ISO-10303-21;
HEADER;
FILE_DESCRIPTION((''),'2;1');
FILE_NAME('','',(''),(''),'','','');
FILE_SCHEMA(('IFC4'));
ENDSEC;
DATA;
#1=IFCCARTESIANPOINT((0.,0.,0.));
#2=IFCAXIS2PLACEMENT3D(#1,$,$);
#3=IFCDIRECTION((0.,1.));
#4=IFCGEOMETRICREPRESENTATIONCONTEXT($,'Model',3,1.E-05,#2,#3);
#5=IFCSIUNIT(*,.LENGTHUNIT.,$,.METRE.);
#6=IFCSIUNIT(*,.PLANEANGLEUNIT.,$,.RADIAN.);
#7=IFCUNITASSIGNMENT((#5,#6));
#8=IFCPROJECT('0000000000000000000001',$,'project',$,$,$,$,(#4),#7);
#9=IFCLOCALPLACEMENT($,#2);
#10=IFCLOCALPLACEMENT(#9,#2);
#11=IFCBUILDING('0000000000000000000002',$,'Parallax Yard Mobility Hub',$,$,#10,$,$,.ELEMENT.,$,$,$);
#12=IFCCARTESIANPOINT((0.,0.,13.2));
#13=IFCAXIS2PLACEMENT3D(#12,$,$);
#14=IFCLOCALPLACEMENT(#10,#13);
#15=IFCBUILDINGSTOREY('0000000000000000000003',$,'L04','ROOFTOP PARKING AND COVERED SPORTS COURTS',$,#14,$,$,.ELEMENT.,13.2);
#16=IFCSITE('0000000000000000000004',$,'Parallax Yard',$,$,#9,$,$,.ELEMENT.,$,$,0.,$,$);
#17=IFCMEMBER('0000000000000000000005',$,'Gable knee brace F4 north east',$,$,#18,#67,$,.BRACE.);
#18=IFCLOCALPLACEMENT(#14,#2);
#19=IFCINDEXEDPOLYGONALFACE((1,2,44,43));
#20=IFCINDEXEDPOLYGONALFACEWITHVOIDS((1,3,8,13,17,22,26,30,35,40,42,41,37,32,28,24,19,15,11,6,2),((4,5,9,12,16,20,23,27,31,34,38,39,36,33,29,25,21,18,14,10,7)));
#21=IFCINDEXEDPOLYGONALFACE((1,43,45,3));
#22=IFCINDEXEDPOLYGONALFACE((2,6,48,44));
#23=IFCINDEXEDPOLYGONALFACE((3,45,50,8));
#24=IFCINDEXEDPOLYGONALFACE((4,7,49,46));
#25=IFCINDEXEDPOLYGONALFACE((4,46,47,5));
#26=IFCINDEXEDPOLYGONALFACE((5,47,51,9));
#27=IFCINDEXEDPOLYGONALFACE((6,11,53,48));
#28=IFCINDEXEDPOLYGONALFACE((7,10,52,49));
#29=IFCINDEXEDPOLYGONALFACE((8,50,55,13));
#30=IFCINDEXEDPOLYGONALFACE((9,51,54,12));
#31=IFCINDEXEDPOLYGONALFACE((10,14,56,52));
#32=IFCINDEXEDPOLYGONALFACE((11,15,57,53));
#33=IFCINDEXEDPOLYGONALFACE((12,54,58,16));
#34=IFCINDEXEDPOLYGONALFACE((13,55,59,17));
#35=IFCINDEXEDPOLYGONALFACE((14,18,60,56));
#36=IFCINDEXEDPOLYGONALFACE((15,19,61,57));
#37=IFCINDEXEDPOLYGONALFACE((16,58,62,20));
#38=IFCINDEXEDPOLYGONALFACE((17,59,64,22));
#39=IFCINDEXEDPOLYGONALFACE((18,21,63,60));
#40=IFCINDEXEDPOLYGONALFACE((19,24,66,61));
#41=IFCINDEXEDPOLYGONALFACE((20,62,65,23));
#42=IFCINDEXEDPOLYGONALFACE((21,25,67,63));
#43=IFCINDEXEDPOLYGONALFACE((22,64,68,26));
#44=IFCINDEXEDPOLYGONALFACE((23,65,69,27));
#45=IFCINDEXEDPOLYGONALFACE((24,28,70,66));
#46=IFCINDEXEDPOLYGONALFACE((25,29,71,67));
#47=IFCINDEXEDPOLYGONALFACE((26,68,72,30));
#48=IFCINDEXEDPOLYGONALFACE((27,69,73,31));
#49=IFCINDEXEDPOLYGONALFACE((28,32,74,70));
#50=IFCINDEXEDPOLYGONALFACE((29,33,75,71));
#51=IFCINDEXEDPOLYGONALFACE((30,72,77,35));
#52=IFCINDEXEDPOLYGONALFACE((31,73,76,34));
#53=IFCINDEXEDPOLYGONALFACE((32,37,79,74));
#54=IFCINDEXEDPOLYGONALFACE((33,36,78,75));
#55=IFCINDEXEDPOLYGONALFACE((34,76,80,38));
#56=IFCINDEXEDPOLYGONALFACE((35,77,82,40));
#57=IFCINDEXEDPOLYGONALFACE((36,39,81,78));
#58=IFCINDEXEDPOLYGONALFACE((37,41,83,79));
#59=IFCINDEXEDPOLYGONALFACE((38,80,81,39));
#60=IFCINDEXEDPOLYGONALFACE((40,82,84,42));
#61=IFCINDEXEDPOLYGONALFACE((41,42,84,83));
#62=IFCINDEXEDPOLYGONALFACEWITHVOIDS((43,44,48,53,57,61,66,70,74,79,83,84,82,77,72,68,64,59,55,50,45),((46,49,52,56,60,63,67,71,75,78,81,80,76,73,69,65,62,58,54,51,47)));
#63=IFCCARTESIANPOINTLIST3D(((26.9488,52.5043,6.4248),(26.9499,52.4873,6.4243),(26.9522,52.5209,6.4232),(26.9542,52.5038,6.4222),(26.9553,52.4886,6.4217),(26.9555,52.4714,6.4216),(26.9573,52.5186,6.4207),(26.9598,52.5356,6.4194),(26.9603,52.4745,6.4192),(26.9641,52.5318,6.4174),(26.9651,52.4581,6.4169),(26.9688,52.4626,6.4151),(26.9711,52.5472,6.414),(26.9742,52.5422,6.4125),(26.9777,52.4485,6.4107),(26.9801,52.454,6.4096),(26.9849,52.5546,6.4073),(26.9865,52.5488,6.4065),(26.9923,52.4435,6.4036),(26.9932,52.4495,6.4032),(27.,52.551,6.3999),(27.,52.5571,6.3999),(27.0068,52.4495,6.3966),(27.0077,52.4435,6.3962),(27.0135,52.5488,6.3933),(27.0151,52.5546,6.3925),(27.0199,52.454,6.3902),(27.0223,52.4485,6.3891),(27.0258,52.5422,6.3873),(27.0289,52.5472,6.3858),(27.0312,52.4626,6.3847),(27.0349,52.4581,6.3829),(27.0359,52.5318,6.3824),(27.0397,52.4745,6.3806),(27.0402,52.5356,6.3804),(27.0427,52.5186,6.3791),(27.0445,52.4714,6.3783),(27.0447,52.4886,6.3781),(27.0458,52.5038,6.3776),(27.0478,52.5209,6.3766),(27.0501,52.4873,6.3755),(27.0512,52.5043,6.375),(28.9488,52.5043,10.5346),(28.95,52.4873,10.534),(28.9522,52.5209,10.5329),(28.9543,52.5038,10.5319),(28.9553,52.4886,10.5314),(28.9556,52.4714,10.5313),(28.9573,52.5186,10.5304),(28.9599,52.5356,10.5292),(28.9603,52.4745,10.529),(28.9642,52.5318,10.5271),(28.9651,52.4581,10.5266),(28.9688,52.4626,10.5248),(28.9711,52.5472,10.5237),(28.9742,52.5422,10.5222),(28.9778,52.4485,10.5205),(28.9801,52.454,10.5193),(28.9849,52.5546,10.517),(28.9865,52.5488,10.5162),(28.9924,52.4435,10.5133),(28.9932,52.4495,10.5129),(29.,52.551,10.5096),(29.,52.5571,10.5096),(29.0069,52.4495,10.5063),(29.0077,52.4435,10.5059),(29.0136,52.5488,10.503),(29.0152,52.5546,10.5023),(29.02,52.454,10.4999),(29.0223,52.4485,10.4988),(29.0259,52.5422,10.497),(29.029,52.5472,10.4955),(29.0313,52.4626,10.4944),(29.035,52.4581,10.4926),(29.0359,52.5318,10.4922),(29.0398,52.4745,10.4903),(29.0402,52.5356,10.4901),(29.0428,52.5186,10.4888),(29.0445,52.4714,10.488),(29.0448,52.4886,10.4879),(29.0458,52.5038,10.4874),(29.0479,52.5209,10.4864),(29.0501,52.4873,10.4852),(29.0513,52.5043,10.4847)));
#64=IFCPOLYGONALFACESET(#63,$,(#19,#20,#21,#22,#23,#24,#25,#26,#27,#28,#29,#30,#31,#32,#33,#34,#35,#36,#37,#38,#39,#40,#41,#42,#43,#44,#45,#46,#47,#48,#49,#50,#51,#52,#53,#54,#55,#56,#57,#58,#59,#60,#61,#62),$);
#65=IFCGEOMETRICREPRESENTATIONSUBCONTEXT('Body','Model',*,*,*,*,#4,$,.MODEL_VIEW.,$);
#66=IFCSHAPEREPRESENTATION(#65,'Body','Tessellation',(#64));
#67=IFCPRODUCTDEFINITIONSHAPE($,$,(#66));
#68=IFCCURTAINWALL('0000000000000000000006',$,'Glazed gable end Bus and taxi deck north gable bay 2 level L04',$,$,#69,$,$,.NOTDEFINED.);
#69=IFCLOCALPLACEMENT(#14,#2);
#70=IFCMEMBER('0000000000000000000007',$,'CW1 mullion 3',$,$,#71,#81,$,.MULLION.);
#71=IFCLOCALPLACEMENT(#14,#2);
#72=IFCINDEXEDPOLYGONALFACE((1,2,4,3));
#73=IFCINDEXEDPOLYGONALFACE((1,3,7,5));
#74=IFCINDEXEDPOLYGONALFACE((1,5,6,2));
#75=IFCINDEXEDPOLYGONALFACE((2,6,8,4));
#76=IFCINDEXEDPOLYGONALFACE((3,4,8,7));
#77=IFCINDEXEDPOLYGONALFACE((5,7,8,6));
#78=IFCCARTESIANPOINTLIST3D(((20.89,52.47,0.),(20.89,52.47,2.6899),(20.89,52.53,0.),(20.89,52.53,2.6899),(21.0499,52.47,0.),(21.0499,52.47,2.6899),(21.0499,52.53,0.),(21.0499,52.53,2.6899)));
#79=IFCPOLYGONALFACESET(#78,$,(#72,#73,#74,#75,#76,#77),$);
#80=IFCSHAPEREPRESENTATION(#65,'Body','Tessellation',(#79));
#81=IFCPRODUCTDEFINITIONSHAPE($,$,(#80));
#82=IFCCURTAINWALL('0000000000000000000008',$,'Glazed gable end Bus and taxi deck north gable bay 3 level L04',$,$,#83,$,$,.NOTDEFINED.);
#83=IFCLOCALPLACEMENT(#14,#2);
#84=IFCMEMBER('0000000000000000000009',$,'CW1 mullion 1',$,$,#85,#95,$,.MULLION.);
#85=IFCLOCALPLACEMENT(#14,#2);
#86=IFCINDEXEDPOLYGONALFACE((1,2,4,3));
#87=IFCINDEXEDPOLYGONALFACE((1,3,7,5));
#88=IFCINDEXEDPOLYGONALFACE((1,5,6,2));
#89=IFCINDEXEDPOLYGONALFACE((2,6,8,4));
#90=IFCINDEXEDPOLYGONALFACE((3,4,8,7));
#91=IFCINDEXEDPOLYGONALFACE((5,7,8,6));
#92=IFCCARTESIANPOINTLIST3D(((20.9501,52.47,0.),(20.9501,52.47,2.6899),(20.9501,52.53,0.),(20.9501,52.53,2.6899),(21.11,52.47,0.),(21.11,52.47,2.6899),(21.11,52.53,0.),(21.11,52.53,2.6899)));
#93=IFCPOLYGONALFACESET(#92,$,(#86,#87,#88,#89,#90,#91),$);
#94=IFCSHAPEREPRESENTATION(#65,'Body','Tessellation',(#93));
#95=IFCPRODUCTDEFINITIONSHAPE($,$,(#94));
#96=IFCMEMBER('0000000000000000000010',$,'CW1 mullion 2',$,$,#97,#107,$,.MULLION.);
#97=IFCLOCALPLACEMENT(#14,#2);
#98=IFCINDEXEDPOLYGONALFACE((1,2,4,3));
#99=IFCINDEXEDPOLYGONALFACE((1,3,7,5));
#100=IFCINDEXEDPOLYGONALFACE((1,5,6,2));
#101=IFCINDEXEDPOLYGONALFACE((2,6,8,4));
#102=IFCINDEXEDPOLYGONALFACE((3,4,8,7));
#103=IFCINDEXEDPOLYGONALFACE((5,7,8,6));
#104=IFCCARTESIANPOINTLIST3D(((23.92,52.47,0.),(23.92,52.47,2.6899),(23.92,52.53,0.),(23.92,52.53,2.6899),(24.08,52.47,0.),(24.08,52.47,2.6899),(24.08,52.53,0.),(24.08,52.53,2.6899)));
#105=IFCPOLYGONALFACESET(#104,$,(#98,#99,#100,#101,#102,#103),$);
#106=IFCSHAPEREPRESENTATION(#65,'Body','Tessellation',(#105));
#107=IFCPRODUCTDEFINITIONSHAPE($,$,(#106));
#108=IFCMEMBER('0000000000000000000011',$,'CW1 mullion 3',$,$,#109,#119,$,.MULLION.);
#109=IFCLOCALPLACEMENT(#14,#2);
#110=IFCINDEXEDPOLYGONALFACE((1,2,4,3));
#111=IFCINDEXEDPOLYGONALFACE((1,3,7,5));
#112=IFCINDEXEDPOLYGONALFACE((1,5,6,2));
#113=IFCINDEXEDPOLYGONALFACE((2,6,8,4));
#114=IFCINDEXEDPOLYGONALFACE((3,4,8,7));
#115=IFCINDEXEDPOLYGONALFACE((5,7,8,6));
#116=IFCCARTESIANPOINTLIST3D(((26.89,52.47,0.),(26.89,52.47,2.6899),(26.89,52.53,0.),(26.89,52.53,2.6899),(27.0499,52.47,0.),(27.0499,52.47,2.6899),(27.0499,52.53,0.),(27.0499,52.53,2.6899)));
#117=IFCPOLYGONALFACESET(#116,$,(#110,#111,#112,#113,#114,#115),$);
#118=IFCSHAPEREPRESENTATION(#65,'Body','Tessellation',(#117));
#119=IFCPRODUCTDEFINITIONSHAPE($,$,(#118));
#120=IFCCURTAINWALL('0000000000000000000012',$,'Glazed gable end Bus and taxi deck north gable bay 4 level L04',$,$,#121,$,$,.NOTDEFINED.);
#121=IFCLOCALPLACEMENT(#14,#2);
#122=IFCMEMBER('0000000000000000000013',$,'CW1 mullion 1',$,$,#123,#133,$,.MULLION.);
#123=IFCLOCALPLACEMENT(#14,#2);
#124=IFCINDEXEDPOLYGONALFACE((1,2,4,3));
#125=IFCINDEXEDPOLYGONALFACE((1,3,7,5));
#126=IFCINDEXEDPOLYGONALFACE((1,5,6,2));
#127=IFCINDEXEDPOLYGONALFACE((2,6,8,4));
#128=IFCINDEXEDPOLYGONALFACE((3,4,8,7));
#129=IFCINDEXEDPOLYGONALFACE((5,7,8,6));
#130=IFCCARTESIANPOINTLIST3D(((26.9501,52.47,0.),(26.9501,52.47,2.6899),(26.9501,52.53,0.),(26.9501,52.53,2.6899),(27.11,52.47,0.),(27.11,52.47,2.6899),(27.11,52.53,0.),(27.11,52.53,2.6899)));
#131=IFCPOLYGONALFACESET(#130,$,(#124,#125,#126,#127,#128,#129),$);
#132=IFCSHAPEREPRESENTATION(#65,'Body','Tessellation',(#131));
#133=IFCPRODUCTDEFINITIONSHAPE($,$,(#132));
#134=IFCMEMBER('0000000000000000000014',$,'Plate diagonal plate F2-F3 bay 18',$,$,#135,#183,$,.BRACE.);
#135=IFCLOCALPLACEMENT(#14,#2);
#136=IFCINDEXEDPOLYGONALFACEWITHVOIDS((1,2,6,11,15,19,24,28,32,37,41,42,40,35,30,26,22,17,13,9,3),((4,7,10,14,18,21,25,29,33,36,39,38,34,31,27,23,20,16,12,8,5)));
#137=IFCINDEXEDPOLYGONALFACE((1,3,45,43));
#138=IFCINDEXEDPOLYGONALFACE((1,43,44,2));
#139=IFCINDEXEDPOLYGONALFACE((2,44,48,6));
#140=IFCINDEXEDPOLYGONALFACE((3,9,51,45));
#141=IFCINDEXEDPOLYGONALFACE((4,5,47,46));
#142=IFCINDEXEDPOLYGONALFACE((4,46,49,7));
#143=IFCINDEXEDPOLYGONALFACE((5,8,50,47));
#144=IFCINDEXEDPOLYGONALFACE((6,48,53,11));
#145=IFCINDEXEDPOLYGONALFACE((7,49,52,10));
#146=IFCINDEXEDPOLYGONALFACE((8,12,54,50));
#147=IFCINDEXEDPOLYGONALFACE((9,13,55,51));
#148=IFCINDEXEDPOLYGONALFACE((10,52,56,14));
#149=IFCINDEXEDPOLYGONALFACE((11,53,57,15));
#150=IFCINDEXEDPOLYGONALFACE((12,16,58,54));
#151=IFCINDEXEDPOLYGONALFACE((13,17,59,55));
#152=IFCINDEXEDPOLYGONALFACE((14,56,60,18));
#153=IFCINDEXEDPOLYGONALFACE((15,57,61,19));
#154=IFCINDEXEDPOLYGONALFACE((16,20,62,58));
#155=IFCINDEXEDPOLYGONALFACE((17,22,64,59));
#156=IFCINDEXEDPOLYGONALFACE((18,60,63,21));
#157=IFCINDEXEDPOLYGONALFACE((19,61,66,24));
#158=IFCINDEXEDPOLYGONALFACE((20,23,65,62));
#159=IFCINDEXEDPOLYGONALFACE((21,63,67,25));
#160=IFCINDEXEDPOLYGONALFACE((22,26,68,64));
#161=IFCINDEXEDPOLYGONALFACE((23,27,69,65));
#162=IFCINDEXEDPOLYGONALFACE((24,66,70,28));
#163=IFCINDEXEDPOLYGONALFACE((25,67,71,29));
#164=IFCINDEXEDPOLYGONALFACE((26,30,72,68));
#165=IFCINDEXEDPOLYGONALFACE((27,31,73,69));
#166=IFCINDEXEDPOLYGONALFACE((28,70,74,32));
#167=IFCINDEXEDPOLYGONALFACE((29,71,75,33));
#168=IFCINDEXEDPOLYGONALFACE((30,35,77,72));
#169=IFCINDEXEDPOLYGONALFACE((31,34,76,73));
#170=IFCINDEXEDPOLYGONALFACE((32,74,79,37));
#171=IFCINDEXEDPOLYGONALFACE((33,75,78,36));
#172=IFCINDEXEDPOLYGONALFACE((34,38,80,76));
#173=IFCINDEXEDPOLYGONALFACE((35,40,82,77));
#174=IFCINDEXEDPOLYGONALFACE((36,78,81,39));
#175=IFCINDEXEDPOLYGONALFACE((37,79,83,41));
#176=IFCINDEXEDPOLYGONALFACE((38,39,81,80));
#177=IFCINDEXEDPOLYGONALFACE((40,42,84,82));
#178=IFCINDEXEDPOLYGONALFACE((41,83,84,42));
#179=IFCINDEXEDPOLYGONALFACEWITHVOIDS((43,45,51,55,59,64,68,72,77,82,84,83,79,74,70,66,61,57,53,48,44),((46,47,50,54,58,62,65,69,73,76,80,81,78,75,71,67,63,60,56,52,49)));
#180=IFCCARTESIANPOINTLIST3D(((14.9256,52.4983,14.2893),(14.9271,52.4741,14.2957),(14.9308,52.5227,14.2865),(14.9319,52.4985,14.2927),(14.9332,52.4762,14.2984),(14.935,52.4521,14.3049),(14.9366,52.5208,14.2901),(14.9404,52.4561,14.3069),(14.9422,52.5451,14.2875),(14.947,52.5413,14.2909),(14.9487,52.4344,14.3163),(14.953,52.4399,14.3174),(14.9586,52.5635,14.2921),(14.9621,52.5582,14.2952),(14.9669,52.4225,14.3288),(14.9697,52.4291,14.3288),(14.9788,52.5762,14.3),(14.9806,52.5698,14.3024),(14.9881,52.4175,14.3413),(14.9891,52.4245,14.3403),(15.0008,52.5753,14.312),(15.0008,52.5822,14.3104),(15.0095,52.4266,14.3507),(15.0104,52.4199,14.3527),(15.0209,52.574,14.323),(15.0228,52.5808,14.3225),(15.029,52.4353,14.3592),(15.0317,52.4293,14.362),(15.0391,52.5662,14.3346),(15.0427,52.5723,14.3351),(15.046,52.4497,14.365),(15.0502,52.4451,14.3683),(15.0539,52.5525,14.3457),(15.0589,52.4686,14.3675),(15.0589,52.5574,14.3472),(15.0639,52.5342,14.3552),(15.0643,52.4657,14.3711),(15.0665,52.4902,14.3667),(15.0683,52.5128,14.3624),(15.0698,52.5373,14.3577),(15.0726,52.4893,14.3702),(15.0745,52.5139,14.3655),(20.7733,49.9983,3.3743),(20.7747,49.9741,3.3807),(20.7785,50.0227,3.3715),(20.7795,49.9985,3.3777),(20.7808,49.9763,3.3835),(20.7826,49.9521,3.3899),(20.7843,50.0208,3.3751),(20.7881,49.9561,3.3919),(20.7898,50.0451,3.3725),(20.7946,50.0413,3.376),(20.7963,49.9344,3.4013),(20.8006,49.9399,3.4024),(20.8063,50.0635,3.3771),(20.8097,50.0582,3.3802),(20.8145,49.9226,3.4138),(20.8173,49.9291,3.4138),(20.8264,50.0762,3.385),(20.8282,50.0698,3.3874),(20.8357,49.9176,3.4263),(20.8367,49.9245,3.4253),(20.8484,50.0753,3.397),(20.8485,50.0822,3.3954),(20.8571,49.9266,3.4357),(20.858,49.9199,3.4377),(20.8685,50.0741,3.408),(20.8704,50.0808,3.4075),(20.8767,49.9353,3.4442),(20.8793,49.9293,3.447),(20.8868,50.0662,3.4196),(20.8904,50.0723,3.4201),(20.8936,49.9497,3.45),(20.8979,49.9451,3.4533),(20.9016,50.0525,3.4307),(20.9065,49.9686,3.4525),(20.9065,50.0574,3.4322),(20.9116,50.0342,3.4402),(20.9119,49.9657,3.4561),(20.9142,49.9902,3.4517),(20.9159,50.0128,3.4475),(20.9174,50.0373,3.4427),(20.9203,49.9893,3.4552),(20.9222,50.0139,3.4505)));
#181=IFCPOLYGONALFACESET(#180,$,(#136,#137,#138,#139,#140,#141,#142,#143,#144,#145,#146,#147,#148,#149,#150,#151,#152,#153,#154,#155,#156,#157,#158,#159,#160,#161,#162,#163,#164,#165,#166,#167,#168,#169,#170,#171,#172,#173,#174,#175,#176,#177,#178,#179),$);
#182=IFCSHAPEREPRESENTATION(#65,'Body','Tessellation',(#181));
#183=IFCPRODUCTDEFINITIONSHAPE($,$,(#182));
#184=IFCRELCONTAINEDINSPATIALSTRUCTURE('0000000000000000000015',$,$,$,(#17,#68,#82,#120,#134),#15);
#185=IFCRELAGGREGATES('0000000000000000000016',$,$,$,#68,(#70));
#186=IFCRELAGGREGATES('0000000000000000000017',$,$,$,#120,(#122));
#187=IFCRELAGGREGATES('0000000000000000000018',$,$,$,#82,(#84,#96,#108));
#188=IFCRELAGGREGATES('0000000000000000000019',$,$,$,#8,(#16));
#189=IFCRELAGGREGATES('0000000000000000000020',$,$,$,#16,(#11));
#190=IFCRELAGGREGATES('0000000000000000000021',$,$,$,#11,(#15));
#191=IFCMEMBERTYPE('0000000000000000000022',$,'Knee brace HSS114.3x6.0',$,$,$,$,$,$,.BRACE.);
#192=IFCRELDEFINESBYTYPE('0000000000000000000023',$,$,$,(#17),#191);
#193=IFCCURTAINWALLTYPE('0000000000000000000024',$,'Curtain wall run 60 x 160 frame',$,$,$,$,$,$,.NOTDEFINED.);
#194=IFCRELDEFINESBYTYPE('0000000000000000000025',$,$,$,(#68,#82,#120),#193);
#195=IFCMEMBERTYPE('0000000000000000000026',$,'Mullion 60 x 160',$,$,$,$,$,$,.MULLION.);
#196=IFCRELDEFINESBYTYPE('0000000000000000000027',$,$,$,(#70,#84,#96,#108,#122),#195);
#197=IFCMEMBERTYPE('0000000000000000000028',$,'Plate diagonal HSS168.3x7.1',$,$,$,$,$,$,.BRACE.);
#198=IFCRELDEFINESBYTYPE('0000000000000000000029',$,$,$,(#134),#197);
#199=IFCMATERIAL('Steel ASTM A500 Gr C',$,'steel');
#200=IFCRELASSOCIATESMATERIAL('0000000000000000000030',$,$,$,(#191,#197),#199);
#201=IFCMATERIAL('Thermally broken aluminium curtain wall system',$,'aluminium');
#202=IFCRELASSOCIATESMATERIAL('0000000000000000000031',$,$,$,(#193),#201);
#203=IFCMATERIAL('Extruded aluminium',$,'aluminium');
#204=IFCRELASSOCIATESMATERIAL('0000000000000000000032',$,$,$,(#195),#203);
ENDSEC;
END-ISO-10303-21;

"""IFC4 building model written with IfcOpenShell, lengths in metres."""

from ifc_helpers import new_model, si_unit, direction, frame, origin, origin_2d, place, context, subcontext, project, spatial, rectangle, hollow_circle, extrude, material, material_profile, profile_set, type_object, element, aggregate, save


model = new_model("IFC4")

# Units and contexts
model_context = context("Model", 3, precision=1e-05, world=origin(), true_north=direction((0.0, 1.0)))
body_context = subcontext(model_context, "Body", "Model", "MODEL_VIEW")
ifc_project = project(units=[si_unit("LENGTHUNIT", "METRE"), si_unit("PLANEANGLEUNIT", "RADIAN")], contexts=[model_context])

# Site, building, storey
site_placement = place(None, origin())
site = spatial("IfcSite", under=ifc_project, at=site_placement, Name="Parallax Yard", CompositionType="ELEMENT", RefElevation=0.0)
building_placement = place(site_placement, origin())
building = spatial("IfcBuilding", under=site, at=building_placement, Name="Parallax Yard Mobility Hub", CompositionType="ELEMENT")
storey_placement = place(building_placement, frame((0.0, 0.0, 13.2)))
storey = spatial("IfcBuildingStorey", under=building, at=storey_placement, Name="L04", Description="ROOFTOP PARKING AND COVERED SPORTS COURTS", CompositionType="ELEMENT", Elevation=13.2)

# Member
ifc_material_1 = material(Name="Steel ASTM A500 Gr C", Category="steel")
ifc_material_profile_1 = material_profile(ifc_material_1, hollow_circle(Radius=0.0571, WallThickness=0.0061, at=origin_2d()), Name="HSS114.3x6.0")
ifc_profile_set_1 = profile_set([ifc_material_profile_1], Name="Steel ASTM A500 Gr C")
member_type_1 = type_object("IfcMemberType", Name="Knee brace HSS114.3x6.0", PredefinedType="BRACE", material=ifc_profile_set_1)
for number, where, z_axis, x_axis, name in (
    (1, (27.0, 52.5, 6.3999), (0.437594, 0.0, 0.899173), (0.0, 1.0, 0.0), "Gable knee brace F4 north east"),
):
    element("IfcMember", number, at=place(storey_placement, frame(where, z_axis=z_axis, x_axis=x_axis)), inside=storey, type_object=member_type_1, Name=name, PredefinedType="BRACE", context=body_context, shape_type="SweptSolid", body=[
        extrude(hollow_circle(Radius=0.0571, WallThickness=0.0061, at=origin_2d()), origin(), (0.0, 0.0, 1.0), 4.5706),
    ])

# Curtain wall, member
ifc_material_2 = material(Name="Thermally broken aluminium curtain wall system", Category="aluminium")
curtain_wall_type = type_object("IfcCurtainWallType", Name="Curtain wall run 60 x 160 frame", PredefinedType="NOTDEFINED", material=ifc_material_2)
curtain_wall_1_placement = place(storey_placement, origin())
curtain_wall_1 = element("IfcCurtainWall", 2, at=curtain_wall_1_placement, inside=storey, type_object=curtain_wall_type, Name="Glazed gable end Bus and taxi deck north gable bay 2 level L04", PredefinedType="NOTDEFINED")
ifc_material_3 = material(Name="Extruded aluminium", Category="aluminium")
ifc_material_profile_2 = material_profile(ifc_material_3, rectangle(XDim=0.0601, YDim=0.1599, at=origin_2d()), Name="Mullion 60 x 160")
ifc_profile_set_2 = profile_set([ifc_material_profile_2], Name="Extruded aluminium")
member_type_2 = type_object("IfcMemberType", Name="Mullion 60 x 160", PredefinedType="MULLION", material=ifc_profile_set_2)
member_1_placement = place(storey_placement, frame((20.97, 52.5, 0.0), z_axis=(0.0, 0.0, 1.0), x_axis=(0.0, 1.0, 0.0)))
member_1 = element("IfcMember", 3, at=member_1_placement, type_object=member_type_2, Name="CW1 mullion 3", PredefinedType="MULLION", context=body_context, shape_type="SweptSolid", body=[
    extrude(rectangle(XDim=0.0601, YDim=0.1599, at=origin_2d()), origin(), (0.0, 0.0, 1.0), 2.6899),
])
aggregate(curtain_wall_1, [member_1])

# Curtain wall, members
curtain_wall_2_placement = place(storey_placement, origin())
curtain_wall_2 = element("IfcCurtainWall", 4, at=curtain_wall_2_placement, inside=storey, type_object=curtain_wall_type, Name="Glazed gable end Bus and taxi deck north gable bay 3 level L04", PredefinedType="NOTDEFINED")
member_2_placement = place(storey_placement, frame((21.03, 52.5, 0.0), z_axis=(0.0, 0.0, 1.0), x_axis=(0.0, 1.0, 0.0)))
member_2 = element("IfcMember", 5, at=member_2_placement, type_object=member_type_2, Name="CW1 mullion 1", PredefinedType="MULLION", context=body_context, shape_type="SweptSolid", body=[
    extrude(rectangle(XDim=0.0601, YDim=0.1599, at=origin_2d()), origin(), (0.0, 0.0, 1.0), 2.6899),
])
member_3_placement = place(storey_placement, frame((24.0, 52.5, 0.0), z_axis=(0.0, 0.0, 1.0), x_axis=(0.0, 1.0, 0.0)))
member_3 = element("IfcMember", 6, at=member_3_placement, type_object=member_type_2, Name="CW1 mullion 2", PredefinedType="MULLION", context=body_context, shape_type="SweptSolid", body=[
    extrude(rectangle(XDim=0.0601, YDim=0.1599, at=origin_2d()), origin(), (0.0, 0.0, 1.0), 2.6899),
])
member_4_placement = place(storey_placement, frame((26.97, 52.5, 0.0), z_axis=(0.0, 0.0, 1.0), x_axis=(0.0, 1.0, 0.0)))
member_4 = element("IfcMember", 7, at=member_4_placement, type_object=member_type_2, Name="CW1 mullion 3", PredefinedType="MULLION", context=body_context, shape_type="SweptSolid", body=[
    extrude(rectangle(XDim=0.0601, YDim=0.1599, at=origin_2d()), origin(), (0.0, 0.0, 1.0), 2.6899),
])

# Curtain wall, member
curtain_wall_3_placement = place(storey_placement, origin())
curtain_wall_3 = element("IfcCurtainWall", 8, at=curtain_wall_3_placement, inside=storey, type_object=curtain_wall_type, Name="Glazed gable end Bus and taxi deck north gable bay 4 level L04", PredefinedType="NOTDEFINED")
member_5_placement = place(storey_placement, frame((27.03, 52.5, 0.0), z_axis=(0.0, 0.0, 1.0), x_axis=(0.0, 1.0, 0.0)))
member_5 = element("IfcMember", 9, at=member_5_placement, type_object=member_type_2, Name="CW1 mullion 1", PredefinedType="MULLION", context=body_context, shape_type="SweptSolid", body=[
    extrude(rectangle(XDim=0.0601, YDim=0.1599, at=origin_2d()), origin(), (0.0, 0.0, 1.0), 2.6899),
])

# Member
ifc_material_profile_3 = material_profile(ifc_material_1, hollow_circle(Radius=0.0842, WallThickness=0.0071, at=origin_2d()), Name="HSS168.3x7.1")
ifc_profile_set_3 = profile_set([ifc_material_profile_3], Name="Steel ASTM A500 Gr C")
member_type_3 = type_object("IfcMemberType", Name="Plate diagonal HSS168.3x7.1", PredefinedType="BRACE", material=ifc_profile_set_3)
member_6_placement = place(storey_placement, frame((20.8477, 50.0, 3.4138), z_axis=(-0.462901, 0.1979, 0.864036), x_axis=(-0.393104, -0.919494, 0.0)))
element("IfcMember", 10, at=member_6_placement, inside=storey, type_object=member_type_3, Name="Plate diagonal plate F2-F3 bay 18", PredefinedType="BRACE", context=body_context, shape_type="SweptSolid", body=[
    extrude(hollow_circle(Radius=0.0842, WallThickness=0.0071, at=origin_2d()), origin(), (0.0, 0.0, 1.0), 12.6326),
])

aggregate(curtain_wall_3, [member_5])

aggregate(curtain_wall_2, [member_2, member_3, member_4])

save(model, "model.ifc")
